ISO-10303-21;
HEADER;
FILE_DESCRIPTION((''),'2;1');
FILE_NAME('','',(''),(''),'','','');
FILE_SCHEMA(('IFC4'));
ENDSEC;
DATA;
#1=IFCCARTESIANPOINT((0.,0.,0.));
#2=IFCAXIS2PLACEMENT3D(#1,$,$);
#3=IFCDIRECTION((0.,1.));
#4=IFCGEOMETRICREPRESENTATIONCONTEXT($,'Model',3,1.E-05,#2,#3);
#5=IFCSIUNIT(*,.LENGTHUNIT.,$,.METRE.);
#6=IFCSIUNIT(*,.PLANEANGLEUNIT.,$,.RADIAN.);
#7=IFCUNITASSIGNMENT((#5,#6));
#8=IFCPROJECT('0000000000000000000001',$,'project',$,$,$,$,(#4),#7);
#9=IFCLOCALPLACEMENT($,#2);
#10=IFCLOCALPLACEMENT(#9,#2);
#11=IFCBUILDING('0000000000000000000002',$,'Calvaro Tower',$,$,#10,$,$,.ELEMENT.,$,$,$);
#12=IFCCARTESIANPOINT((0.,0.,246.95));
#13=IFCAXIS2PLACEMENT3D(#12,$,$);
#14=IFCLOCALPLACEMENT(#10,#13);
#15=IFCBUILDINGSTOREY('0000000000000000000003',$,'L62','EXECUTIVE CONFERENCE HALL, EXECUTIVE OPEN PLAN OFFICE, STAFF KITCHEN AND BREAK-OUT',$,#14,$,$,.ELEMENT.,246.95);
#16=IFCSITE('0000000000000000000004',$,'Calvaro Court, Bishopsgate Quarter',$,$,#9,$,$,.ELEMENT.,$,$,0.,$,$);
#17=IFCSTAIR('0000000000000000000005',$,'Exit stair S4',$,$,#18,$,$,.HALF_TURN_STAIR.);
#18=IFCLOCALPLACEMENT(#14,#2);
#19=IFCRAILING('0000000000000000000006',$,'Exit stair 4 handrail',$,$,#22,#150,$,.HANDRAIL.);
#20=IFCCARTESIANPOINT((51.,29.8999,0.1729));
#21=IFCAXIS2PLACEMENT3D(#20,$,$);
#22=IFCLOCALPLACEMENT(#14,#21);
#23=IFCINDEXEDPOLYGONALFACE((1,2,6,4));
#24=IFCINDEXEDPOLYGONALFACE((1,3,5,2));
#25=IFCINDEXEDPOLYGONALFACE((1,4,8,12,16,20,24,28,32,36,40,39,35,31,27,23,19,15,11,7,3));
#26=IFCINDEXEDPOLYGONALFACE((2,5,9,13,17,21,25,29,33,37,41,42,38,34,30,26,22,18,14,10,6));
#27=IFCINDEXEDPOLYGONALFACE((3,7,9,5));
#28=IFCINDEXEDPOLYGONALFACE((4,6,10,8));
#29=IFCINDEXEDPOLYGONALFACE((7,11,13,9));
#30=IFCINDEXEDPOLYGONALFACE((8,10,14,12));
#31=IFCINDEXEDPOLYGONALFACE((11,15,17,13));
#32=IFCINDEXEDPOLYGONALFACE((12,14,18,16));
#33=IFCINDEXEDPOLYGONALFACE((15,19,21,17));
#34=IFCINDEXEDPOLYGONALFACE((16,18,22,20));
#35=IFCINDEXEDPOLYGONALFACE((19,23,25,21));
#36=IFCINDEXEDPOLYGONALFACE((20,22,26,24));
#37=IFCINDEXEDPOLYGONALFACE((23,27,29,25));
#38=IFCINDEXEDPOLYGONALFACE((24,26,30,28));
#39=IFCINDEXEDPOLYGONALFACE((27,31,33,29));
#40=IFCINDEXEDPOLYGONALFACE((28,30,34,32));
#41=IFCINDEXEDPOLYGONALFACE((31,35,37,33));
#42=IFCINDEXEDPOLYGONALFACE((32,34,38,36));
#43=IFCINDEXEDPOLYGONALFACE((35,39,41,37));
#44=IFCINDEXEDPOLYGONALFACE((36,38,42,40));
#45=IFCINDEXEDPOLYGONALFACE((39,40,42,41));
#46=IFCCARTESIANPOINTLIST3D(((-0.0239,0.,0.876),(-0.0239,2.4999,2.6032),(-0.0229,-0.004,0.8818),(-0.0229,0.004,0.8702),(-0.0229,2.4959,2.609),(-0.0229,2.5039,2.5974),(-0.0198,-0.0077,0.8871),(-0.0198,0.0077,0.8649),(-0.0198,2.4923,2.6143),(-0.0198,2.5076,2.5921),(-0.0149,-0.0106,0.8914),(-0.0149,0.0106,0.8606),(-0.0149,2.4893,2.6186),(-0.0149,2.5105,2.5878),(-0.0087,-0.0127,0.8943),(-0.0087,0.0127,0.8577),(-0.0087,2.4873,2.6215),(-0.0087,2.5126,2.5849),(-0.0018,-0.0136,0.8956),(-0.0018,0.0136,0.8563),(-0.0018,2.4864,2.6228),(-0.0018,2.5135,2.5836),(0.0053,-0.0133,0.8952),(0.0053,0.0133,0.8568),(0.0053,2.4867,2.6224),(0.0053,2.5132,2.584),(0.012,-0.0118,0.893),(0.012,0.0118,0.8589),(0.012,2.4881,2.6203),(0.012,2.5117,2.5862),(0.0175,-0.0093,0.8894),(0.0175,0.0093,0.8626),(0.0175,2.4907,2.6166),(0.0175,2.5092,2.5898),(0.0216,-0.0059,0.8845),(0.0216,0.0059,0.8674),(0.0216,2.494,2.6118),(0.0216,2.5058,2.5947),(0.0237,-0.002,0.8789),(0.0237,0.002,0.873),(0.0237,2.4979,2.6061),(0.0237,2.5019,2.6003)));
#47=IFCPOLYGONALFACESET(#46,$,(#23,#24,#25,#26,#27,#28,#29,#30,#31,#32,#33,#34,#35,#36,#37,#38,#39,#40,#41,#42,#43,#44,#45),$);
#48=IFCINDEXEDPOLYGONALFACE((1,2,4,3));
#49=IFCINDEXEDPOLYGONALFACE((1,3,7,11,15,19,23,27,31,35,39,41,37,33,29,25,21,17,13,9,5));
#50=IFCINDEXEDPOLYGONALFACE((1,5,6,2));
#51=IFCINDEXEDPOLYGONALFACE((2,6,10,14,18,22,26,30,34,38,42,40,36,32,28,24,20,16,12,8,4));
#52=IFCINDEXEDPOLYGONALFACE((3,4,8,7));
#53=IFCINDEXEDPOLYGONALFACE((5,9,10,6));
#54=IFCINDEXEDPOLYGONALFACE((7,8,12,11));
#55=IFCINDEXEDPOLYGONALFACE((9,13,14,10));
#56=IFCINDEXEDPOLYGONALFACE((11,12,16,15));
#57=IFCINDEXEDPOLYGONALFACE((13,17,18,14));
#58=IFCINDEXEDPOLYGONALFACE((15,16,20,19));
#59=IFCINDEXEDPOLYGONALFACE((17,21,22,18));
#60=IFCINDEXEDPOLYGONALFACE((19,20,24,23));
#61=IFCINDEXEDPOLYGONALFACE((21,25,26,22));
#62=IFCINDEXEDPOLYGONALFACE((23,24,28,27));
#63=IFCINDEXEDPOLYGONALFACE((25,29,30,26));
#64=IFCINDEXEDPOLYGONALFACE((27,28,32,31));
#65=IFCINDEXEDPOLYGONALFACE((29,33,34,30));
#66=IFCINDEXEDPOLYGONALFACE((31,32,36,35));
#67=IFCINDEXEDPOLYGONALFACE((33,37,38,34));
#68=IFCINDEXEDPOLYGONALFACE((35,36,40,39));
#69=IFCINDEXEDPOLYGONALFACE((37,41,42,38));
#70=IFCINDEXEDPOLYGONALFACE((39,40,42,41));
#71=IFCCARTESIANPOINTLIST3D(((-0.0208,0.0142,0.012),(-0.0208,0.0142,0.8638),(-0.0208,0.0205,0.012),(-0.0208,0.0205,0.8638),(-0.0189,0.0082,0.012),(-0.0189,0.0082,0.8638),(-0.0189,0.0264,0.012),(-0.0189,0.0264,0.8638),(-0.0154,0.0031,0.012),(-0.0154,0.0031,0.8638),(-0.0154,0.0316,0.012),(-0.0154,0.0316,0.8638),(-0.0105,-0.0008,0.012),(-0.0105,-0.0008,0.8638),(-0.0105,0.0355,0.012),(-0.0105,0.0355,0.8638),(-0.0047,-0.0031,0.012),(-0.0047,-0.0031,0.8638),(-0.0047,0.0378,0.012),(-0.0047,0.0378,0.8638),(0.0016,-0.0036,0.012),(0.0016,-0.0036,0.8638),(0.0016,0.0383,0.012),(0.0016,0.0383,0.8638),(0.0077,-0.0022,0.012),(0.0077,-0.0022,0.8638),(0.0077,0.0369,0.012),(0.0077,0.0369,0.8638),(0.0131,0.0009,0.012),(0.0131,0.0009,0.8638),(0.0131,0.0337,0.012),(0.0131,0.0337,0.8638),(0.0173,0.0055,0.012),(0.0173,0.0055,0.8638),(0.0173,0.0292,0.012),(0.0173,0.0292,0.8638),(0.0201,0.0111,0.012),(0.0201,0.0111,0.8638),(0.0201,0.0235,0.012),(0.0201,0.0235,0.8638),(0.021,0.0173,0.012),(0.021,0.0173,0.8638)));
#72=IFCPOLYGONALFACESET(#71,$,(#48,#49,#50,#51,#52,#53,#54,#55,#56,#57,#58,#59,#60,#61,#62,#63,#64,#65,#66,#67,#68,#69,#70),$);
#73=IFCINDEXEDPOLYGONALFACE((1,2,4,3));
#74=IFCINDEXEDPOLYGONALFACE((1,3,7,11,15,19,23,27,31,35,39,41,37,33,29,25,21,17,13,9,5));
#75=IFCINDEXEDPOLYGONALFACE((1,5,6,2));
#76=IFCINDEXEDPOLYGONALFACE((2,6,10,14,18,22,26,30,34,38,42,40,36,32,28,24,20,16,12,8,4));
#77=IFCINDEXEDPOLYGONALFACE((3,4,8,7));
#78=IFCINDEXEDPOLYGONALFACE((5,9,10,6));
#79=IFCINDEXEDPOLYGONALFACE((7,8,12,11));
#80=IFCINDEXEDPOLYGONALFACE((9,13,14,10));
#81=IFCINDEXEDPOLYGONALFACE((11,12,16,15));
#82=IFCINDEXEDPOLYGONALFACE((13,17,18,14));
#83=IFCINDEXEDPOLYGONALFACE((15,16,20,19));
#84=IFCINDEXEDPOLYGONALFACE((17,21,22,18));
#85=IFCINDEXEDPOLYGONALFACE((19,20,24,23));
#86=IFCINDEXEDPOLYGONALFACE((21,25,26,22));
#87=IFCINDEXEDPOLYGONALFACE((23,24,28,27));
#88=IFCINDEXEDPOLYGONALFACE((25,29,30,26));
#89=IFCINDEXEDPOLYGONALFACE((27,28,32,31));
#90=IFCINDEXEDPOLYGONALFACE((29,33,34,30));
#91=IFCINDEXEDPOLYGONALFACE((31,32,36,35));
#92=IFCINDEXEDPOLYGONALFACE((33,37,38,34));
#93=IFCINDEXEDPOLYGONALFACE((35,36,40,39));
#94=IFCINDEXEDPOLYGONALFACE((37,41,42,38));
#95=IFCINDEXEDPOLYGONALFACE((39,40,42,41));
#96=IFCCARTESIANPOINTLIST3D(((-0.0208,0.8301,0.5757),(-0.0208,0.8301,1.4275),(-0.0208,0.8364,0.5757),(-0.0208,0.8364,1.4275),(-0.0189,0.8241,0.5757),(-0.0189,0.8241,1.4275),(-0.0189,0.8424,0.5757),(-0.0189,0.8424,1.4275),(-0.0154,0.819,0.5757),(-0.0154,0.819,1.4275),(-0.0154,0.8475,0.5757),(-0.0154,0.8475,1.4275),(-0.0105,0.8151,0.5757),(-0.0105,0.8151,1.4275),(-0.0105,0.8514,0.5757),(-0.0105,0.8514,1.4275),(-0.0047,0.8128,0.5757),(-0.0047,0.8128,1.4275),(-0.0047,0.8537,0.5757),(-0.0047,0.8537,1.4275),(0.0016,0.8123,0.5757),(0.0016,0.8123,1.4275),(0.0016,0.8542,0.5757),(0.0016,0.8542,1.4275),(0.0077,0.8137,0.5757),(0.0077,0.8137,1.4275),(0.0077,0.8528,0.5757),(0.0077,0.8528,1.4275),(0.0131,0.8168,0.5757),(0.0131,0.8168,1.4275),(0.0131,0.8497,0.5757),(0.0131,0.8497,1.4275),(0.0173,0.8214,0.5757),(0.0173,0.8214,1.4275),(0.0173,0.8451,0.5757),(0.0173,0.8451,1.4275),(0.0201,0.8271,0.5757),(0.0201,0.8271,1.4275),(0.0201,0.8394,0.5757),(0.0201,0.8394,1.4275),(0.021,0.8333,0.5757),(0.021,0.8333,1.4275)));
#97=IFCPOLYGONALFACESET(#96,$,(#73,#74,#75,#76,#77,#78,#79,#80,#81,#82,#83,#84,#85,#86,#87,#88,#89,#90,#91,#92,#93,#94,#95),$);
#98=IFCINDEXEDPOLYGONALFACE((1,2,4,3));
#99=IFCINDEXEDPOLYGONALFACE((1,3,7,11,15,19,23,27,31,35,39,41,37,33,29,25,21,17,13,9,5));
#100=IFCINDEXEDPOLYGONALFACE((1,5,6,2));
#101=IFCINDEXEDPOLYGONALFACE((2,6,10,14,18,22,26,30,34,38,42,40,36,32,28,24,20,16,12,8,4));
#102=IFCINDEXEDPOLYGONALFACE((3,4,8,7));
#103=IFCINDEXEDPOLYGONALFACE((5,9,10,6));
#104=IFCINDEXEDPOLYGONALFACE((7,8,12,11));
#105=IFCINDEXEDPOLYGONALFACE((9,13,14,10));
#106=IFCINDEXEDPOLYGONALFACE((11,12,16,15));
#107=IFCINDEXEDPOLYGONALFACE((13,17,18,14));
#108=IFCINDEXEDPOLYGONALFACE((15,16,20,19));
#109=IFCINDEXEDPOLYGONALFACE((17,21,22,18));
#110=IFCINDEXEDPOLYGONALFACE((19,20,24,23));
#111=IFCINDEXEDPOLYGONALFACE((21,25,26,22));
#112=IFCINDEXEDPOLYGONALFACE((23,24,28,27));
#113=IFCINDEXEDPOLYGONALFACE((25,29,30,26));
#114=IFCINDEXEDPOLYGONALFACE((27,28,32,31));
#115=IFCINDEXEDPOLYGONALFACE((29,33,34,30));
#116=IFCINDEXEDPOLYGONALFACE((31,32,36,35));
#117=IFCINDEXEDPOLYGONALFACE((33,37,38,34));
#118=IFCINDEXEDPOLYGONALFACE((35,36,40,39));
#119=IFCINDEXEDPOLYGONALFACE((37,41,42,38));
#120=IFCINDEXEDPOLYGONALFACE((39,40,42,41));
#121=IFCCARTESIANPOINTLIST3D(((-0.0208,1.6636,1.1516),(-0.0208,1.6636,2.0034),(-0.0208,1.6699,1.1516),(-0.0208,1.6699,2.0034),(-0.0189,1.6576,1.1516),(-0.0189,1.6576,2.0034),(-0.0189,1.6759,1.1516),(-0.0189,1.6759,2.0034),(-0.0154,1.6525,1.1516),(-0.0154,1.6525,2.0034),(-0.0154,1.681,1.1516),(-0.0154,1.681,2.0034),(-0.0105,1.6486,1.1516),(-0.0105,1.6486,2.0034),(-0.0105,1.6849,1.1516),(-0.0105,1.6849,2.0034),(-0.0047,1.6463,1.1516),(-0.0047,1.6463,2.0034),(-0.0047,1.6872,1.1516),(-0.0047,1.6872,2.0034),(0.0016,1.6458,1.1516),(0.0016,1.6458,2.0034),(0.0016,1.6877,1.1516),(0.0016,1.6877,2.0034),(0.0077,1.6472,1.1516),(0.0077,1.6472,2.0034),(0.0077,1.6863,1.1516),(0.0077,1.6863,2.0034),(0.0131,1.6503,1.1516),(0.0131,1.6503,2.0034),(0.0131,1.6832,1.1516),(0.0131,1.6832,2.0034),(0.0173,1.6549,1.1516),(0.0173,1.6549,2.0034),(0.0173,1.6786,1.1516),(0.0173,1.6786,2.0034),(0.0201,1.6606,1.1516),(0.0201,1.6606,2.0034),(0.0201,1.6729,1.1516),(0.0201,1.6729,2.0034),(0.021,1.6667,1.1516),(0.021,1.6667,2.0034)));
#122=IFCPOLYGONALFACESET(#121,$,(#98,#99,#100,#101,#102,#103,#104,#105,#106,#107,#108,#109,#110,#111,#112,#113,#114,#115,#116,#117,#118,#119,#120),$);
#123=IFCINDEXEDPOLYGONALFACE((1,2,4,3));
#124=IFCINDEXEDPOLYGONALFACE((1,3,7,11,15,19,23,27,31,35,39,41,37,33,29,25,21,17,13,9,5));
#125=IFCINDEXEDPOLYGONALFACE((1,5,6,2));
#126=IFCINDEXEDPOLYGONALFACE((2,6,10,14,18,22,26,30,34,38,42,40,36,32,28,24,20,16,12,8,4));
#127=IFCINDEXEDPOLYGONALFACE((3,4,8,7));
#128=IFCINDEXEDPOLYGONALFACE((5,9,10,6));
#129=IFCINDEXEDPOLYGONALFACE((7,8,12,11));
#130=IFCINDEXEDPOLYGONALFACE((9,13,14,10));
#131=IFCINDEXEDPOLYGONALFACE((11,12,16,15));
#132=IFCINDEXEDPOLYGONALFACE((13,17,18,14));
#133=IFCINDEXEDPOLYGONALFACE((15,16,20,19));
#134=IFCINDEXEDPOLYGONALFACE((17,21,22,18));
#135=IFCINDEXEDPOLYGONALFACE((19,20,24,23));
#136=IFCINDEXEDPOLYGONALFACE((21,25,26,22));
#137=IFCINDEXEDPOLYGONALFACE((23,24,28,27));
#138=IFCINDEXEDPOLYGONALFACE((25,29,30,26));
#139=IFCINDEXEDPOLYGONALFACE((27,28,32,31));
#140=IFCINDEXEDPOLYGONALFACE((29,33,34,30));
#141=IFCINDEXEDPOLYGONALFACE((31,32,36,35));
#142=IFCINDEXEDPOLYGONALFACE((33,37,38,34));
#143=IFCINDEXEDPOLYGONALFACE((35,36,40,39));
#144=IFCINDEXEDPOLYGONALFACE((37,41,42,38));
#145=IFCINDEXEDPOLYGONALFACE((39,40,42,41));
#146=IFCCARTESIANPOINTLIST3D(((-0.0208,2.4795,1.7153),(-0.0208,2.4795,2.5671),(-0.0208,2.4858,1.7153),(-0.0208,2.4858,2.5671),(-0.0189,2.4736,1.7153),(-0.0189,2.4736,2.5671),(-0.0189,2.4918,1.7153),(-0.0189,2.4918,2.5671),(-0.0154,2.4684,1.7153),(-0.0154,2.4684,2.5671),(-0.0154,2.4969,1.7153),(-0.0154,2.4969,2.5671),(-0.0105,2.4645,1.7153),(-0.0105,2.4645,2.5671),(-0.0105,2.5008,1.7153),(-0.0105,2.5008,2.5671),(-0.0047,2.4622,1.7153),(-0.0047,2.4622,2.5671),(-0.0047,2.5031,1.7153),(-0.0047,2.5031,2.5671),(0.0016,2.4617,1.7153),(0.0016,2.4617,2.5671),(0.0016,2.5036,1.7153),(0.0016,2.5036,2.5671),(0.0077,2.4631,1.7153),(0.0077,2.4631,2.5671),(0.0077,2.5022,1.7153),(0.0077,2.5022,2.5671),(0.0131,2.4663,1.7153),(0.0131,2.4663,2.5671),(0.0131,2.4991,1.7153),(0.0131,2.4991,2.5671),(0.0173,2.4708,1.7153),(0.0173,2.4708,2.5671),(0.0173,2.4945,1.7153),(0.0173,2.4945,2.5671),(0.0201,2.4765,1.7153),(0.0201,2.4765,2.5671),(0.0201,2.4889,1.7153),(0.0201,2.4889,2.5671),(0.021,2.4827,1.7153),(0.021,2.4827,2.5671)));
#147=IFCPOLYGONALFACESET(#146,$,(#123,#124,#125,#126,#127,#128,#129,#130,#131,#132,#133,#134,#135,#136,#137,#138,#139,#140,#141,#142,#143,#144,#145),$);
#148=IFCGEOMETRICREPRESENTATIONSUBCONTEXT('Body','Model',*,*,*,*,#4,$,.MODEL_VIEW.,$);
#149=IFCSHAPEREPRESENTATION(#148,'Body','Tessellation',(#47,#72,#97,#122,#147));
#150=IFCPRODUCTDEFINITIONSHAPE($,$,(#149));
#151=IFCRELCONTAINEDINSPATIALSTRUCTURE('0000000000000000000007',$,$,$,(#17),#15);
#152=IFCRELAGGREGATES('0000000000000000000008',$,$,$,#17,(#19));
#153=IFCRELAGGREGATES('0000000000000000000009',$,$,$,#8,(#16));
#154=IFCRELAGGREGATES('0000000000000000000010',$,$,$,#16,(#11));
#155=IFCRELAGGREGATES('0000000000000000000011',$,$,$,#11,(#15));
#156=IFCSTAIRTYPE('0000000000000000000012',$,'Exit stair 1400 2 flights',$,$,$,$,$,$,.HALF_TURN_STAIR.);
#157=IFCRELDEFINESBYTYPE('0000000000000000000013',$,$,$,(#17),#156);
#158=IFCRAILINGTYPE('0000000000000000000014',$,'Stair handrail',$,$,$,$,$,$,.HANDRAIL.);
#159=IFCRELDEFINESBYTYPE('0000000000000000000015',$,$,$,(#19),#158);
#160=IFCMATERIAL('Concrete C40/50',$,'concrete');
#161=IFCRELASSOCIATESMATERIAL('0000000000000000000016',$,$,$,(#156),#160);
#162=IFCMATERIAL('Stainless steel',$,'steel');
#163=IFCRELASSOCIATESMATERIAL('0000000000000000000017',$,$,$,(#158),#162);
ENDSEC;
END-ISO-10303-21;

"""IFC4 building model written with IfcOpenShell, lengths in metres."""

from ifc_helpers import new_model, si_unit, direction, frame, origin, origin_2d, place, context, subcontext, project, spatial, circle, extrude, material, type_object, element, aggregate, save


model = new_model("IFC4")

# Units and contexts
model_context = context("Model", 3, precision=1e-05, world=origin(), true_north=direction((0.0, 1.0)))
body_context = subcontext(model_context, "Body", "Model", "MODEL_VIEW")
ifc_project = project(units=[si_unit("LENGTHUNIT", "METRE"), si_unit("PLANEANGLEUNIT", "RADIAN")], contexts=[model_context])

# Site, building, storey
site_placement = place(None, origin())
site = spatial("IfcSite", under=ifc_project, at=site_placement, Name="Calvaro Court, Bishopsgate Quarter", CompositionType="ELEMENT", RefElevation=0.0)
building_placement = place(site_placement, origin())
building = spatial("IfcBuilding", under=site, at=building_placement, Name="Calvaro Tower", CompositionType="ELEMENT")
storey_placement = place(building_placement, frame((0.0, 0.0, 246.95)))
storey = spatial("IfcBuildingStorey", under=building, at=storey_placement, Name="L62", Description="EXECUTIVE CONFERENCE HALL, EXECUTIVE OPEN PLAN OFFICE, STAFF KITCHEN AND BREAK-OUT", CompositionType="ELEMENT", Elevation=246.95)

# Stair
ifc_material_1 = material(Name="Concrete C40/50", Category="concrete")
stair_type = type_object("IfcStairType", Name="Exit stair 1400 2 flights", PredefinedType="HALF_TURN_STAIR", material=ifc_material_1)
stair_1_placement = place(storey_placement, origin())
stair_1 = element("IfcStair", 1, at=stair_1_placement, inside=storey, type_object=stair_type, Name="Exit stair S4", PredefinedType="HALF_TURN_STAIR")

# Railing
ifc_material_2 = material(Name="Stainless steel", Category="steel")
railing_type = type_object("IfcRailingType", Name="Stair handrail", PredefinedType="HANDRAIL", material=ifc_material_2)
railing_1_placement = place(storey_placement, frame((51.0, 29.8999, 0.1729)))
railing_1 = element("IfcRailing", 2, at=railing_1_placement, type_object=railing_type, Name="Exit stair 4 handrail", PredefinedType="HANDRAIL", context=body_context, shape_type="SweptSolid", body=[
    extrude(circle(Radius=0.0239, at=origin_2d()), frame((0.0, 0.0, 0.876), z_axis=(0.0, 0.822727, 0.568437), x_axis=(-1.0, 0.0, 0.0)), (0.0, 0.0, 1.0), 3.0386),
    extrude(circle(Radius=0.021, at=origin_2d()), frame((0.0, 0.0173, 0.012)), (0.0, 0.0, 1.0), 0.8518),
    extrude(circle(Radius=0.021, at=origin_2d()), frame((0.0, 0.8333, 0.5757)), (0.0, 0.0, 1.0), 0.8518),
    extrude(circle(Radius=0.021, at=origin_2d()), frame((0.0, 1.6667, 1.1516)), (0.0, 0.0, 1.0), 0.8518),
    extrude(circle(Radius=0.021, at=origin_2d()), frame((0.0, 2.4827, 1.7153)), (0.0, 0.0, 1.0), 0.8518),
])
aggregate(stair_1, [railing_1])

save(model, "model.ifc")
